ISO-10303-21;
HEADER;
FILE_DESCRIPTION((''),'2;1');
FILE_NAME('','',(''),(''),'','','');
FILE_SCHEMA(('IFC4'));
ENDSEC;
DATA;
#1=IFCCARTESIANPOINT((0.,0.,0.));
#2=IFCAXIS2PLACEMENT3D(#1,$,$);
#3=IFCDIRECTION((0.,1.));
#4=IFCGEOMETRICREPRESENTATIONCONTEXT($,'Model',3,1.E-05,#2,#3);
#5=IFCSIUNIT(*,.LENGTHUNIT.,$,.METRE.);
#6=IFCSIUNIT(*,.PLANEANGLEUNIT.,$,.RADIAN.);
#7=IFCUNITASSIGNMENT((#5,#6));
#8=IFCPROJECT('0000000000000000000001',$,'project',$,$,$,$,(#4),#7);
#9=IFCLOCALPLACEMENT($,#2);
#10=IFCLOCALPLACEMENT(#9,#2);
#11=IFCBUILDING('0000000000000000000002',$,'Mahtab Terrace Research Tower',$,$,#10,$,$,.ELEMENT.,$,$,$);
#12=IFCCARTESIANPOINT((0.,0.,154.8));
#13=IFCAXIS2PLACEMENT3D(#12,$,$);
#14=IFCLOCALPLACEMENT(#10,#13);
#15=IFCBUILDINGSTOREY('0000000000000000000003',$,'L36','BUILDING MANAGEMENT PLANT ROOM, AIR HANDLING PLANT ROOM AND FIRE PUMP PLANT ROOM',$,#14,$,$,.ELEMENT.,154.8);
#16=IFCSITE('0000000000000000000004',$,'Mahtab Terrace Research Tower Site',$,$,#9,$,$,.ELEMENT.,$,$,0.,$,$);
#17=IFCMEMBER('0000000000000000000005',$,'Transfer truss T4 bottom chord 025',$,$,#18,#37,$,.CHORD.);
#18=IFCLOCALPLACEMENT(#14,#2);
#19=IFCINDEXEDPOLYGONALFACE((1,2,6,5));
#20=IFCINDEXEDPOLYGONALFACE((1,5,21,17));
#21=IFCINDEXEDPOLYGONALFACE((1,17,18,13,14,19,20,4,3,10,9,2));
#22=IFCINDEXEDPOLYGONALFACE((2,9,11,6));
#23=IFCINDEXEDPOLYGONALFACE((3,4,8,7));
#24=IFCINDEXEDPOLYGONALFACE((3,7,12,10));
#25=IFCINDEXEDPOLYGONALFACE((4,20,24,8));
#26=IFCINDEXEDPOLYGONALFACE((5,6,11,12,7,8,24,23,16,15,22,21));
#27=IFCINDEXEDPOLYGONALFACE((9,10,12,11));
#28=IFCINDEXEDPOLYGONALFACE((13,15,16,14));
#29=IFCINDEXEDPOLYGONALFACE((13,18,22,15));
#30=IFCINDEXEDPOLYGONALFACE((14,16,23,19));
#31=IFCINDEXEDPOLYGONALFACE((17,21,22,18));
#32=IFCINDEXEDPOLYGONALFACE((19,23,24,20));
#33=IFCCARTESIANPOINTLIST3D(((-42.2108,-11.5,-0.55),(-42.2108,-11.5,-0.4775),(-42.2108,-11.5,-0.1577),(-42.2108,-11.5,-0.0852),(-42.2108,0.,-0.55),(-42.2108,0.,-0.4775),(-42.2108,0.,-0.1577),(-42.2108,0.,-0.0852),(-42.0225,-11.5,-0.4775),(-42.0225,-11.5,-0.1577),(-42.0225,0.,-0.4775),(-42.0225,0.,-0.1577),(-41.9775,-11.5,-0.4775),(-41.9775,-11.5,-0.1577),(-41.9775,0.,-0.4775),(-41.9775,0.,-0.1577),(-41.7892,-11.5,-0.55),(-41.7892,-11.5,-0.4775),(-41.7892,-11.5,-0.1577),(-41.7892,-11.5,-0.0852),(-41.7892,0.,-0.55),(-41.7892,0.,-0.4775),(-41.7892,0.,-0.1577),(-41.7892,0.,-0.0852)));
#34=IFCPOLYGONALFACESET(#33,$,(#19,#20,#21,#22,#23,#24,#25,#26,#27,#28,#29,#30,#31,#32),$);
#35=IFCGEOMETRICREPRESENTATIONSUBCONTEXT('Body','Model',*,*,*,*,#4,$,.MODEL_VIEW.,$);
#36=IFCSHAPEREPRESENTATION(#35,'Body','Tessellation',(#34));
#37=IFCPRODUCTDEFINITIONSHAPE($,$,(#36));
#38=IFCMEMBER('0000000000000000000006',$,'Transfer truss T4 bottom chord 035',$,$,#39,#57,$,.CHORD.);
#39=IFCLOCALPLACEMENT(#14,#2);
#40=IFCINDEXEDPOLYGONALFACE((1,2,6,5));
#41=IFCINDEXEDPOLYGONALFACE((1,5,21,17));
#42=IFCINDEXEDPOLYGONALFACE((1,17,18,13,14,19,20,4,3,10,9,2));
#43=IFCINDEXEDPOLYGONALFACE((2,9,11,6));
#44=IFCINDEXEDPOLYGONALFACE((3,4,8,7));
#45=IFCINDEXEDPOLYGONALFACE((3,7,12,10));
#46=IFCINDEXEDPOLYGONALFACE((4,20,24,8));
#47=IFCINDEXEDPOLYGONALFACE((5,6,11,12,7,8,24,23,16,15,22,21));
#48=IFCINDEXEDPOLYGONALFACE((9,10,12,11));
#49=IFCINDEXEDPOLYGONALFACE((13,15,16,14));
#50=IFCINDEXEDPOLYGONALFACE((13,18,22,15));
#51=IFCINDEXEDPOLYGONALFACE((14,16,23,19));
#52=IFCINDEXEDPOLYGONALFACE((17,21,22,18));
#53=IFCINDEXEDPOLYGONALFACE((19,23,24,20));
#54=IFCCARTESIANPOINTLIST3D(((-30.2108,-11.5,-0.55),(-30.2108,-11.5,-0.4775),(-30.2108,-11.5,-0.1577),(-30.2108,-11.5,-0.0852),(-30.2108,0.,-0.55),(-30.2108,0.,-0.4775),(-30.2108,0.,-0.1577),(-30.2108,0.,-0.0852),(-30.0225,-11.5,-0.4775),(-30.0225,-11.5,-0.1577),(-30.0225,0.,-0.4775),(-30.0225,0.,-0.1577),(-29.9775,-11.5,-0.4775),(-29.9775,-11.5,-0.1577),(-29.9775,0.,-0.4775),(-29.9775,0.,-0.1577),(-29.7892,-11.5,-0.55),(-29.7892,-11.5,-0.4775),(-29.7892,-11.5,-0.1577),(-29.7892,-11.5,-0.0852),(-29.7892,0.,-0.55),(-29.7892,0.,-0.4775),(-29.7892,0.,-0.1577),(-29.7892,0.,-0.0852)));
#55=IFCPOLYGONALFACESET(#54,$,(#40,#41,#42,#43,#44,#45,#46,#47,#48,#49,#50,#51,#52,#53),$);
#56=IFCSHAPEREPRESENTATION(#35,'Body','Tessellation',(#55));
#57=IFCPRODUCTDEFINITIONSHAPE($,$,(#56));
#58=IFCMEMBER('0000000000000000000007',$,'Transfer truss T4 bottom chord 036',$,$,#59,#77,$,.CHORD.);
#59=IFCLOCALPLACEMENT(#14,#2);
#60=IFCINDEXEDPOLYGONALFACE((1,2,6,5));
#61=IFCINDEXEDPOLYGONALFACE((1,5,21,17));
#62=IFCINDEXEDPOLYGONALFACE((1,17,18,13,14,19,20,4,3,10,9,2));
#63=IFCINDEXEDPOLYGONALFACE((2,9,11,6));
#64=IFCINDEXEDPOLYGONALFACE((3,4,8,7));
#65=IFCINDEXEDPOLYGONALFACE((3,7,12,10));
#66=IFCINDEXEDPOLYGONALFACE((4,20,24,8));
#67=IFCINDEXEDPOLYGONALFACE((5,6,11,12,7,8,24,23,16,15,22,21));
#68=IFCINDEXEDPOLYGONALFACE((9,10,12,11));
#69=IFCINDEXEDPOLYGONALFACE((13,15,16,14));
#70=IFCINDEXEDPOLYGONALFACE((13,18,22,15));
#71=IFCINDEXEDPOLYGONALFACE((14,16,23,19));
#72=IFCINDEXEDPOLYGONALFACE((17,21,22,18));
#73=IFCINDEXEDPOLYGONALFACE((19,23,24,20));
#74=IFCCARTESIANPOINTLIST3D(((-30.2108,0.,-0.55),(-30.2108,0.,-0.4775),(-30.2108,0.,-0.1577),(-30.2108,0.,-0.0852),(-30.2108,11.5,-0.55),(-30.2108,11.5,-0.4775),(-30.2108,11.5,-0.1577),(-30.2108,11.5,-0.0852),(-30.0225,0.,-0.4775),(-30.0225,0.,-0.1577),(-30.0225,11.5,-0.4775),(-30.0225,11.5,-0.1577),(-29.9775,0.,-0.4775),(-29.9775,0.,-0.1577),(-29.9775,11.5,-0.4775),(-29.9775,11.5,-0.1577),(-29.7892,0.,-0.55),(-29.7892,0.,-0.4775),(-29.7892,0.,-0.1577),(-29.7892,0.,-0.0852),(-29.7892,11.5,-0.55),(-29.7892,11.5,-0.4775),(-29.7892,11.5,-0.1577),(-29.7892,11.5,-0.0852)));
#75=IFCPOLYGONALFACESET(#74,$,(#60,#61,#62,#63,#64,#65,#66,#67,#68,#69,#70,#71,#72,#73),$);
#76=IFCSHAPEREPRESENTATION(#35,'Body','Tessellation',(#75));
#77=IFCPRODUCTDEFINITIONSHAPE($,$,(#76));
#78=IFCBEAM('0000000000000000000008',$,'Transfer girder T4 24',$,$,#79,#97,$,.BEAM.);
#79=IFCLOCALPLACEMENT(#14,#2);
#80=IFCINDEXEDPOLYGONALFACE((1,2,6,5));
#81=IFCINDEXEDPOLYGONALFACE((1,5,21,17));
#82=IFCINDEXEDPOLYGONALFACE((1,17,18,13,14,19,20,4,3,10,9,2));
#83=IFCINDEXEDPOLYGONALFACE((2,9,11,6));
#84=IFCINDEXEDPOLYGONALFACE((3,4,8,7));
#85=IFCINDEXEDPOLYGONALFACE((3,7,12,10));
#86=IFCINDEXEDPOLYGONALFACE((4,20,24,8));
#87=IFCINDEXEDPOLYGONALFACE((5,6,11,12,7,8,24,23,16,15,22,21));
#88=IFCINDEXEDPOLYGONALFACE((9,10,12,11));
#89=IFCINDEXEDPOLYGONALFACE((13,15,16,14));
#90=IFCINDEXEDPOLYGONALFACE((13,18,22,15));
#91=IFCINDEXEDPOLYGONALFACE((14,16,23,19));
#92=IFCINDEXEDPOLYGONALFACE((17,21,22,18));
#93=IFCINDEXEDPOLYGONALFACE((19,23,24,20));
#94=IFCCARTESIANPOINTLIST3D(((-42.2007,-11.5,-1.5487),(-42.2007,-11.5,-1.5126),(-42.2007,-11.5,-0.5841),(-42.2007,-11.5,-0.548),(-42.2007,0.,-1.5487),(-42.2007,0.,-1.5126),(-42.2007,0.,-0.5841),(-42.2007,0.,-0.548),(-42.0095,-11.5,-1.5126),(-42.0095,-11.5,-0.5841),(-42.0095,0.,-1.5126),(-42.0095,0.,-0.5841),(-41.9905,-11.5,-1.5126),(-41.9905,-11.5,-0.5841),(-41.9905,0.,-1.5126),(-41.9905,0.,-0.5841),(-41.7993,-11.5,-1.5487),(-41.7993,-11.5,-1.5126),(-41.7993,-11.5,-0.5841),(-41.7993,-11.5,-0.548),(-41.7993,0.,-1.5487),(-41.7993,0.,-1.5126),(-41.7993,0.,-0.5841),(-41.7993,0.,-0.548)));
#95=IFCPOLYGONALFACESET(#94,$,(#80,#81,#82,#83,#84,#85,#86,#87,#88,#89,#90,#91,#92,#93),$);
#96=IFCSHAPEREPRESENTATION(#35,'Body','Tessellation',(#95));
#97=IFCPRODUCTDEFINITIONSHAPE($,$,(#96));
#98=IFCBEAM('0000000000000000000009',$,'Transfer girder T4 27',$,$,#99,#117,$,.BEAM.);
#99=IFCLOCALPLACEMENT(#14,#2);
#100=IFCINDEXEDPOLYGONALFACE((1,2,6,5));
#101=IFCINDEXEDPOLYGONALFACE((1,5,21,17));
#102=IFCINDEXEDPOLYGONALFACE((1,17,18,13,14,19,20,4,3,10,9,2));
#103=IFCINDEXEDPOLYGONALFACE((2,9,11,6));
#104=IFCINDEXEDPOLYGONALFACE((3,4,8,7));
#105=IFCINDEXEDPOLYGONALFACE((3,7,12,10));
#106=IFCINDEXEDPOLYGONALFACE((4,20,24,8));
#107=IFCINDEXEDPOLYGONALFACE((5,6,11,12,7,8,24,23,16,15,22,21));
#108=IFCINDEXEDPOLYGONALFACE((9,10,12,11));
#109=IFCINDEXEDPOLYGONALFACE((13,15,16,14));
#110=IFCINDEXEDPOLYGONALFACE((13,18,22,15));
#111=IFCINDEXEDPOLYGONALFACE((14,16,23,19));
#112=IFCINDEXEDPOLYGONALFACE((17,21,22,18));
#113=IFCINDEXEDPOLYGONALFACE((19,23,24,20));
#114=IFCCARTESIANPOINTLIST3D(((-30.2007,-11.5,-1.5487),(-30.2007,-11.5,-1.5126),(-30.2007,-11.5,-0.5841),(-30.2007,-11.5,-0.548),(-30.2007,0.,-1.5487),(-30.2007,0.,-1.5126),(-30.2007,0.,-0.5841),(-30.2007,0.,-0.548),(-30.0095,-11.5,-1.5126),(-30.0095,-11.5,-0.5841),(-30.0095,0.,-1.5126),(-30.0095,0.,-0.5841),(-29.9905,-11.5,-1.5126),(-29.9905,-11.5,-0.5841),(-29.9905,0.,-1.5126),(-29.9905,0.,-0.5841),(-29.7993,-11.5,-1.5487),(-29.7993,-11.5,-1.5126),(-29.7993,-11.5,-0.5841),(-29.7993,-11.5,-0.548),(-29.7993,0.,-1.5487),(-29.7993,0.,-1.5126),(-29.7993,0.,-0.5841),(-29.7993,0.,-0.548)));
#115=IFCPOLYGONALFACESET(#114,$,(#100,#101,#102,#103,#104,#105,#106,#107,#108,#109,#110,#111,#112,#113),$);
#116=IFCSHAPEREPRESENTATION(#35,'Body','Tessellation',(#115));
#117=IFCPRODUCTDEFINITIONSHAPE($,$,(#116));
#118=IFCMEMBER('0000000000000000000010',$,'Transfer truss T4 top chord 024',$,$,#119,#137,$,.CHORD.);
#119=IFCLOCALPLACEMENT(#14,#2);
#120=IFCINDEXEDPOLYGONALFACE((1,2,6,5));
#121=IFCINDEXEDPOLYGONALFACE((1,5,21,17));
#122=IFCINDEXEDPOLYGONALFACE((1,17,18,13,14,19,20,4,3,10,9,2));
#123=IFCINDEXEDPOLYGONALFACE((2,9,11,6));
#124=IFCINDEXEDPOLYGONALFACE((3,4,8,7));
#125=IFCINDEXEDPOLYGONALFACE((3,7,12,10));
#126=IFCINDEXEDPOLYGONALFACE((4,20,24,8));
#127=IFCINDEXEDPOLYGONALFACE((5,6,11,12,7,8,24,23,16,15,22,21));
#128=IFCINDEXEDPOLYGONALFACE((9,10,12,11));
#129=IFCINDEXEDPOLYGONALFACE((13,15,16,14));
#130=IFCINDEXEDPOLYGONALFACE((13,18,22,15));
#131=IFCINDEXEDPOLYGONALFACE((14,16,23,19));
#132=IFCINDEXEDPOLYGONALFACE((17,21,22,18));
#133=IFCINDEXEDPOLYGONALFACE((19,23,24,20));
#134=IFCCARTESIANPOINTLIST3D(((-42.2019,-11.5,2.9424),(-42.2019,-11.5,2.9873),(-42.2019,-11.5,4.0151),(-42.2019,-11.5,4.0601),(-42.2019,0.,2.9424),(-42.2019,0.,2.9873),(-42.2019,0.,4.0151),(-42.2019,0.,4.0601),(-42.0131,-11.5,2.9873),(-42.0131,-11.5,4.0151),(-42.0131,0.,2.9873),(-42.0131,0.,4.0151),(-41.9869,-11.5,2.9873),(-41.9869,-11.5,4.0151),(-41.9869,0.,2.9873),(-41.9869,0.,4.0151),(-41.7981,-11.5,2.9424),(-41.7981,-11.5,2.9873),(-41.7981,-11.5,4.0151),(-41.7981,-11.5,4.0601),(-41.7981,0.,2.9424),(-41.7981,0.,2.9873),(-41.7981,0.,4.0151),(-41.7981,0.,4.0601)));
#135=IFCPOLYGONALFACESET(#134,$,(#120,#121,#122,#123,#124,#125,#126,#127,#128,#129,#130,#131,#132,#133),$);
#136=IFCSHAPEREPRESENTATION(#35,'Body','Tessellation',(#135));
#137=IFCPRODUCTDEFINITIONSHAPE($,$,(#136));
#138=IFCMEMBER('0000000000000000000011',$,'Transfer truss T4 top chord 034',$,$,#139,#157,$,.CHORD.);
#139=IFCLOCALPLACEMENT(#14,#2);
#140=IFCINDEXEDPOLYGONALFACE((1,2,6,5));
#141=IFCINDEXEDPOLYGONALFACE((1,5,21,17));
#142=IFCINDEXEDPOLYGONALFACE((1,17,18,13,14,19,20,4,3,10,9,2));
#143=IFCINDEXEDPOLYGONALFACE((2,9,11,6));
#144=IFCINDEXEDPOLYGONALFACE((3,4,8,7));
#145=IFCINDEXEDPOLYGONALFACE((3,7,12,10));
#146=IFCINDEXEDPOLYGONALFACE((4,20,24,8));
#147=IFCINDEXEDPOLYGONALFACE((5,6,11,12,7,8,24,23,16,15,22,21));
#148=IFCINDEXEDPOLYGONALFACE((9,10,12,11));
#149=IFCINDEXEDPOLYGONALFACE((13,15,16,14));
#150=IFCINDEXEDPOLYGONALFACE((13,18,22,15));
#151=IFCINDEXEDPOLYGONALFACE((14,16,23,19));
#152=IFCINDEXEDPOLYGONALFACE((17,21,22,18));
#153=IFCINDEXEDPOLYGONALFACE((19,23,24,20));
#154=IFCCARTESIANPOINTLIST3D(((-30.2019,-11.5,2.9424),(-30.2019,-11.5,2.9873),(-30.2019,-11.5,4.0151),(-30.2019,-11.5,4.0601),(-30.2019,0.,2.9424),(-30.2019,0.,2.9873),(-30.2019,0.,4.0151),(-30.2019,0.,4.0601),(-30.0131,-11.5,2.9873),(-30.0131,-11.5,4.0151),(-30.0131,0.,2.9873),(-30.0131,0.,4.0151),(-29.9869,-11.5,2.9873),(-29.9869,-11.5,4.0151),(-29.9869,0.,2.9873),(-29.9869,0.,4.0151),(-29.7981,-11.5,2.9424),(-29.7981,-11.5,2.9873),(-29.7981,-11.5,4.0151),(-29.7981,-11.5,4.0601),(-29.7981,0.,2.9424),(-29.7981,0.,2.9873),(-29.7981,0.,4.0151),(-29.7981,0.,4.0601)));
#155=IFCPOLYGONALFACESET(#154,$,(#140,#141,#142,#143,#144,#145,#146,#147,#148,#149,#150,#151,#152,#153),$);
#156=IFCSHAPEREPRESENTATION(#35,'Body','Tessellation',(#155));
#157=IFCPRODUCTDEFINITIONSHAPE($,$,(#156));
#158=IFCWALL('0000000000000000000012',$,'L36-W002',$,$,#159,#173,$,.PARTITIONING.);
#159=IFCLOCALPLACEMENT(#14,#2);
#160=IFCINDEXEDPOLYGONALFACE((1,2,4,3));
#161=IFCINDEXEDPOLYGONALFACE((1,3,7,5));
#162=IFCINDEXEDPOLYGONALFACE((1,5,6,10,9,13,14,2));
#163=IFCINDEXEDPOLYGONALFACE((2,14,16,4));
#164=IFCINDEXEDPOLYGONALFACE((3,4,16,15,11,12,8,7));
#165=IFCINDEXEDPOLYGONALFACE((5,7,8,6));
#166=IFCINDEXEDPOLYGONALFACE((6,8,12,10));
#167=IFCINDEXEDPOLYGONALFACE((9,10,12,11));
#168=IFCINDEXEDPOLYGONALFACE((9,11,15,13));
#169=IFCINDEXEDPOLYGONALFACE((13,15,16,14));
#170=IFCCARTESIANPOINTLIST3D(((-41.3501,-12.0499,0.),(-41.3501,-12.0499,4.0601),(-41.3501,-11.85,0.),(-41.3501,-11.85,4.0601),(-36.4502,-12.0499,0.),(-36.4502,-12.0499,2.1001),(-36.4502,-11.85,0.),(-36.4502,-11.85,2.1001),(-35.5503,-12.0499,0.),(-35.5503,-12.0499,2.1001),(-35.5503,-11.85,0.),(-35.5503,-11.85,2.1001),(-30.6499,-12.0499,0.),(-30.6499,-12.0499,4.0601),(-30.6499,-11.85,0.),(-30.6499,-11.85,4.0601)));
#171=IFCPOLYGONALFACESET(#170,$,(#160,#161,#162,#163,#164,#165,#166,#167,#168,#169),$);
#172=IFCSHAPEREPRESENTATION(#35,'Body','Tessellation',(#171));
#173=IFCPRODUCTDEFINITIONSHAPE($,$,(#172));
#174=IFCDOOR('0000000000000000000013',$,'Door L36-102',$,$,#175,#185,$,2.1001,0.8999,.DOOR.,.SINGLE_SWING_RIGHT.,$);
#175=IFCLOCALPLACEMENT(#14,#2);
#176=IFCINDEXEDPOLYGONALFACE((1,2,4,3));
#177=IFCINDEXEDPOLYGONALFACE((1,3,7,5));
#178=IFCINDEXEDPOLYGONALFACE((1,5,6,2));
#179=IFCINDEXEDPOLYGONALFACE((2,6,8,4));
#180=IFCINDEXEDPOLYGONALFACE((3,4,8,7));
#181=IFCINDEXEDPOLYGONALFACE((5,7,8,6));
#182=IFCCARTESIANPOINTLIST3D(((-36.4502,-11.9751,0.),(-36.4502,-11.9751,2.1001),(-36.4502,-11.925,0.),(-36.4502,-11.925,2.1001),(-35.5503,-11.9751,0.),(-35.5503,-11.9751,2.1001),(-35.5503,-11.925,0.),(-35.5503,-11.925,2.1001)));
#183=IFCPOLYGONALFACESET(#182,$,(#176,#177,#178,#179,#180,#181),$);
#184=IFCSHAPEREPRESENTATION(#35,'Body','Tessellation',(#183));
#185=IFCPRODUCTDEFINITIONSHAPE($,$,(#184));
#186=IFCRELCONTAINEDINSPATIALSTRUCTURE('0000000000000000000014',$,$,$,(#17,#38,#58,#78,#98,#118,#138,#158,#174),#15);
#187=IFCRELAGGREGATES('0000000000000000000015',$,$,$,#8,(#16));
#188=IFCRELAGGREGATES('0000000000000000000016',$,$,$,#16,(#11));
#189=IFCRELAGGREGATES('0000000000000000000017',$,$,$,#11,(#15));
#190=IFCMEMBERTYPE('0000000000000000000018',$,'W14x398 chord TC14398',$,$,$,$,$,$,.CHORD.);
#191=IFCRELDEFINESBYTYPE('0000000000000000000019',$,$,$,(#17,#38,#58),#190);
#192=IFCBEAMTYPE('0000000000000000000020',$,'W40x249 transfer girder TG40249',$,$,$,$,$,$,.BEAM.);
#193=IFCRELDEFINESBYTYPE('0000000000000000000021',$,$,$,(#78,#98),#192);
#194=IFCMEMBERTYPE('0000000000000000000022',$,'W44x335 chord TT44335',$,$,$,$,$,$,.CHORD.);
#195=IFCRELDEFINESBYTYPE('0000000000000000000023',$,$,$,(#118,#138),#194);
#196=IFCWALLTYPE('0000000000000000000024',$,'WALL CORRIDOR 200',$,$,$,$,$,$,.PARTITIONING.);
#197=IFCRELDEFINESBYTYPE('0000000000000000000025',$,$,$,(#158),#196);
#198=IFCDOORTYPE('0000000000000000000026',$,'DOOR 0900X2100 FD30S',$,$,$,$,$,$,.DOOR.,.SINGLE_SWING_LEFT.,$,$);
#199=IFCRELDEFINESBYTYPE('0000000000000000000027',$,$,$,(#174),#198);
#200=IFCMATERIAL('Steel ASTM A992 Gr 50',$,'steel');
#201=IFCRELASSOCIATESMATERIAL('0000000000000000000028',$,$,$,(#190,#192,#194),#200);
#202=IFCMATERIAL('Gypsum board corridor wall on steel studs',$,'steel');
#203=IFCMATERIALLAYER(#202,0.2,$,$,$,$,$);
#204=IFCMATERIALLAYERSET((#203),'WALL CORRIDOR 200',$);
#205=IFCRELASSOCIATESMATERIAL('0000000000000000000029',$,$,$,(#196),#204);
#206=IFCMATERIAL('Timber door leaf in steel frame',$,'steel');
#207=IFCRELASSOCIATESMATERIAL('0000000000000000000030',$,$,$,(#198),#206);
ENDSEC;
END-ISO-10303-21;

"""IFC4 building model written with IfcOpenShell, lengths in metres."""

from ifc_helpers import new_model, si_unit, direction, frame, frame_2d, origin, origin_2d, place, context, subcontext, project, spatial, rectangle, i_section, extrude, material, layer, layer_set, material_profile, profile_set, type_object, element, fill, save


model = new_model("IFC4")

# Units and contexts
model_context = context("Model", 3, precision=1e-05, world=origin(), true_north=direction((0.0, 1.0)))
body_context = subcontext(model_context, "Body", "Model", "MODEL_VIEW")
ifc_project = project(units=[si_unit("LENGTHUNIT", "METRE"), si_unit("PLANEANGLEUNIT", "RADIAN")], contexts=[model_context])

# Site, building, storey
site_placement = place(None, origin())
site = spatial("IfcSite", under=ifc_project, at=site_placement, Name="Mahtab Terrace Research Tower Site", CompositionType="ELEMENT", RefElevation=0.0)
building_placement = place(site_placement, origin())
building = spatial("IfcBuilding", under=site, at=building_placement, Name="Mahtab Terrace Research Tower", CompositionType="ELEMENT")
storey_placement = place(building_placement, frame((0.0, 0.0, 154.8)))
storey = spatial("IfcBuildingStorey", under=building, at=storey_placement, Name="L36", Description="BUILDING MANAGEMENT PLANT ROOM, AIR HANDLING PLANT ROOM AND FIRE PUMP PLANT ROOM", CompositionType="ELEMENT", Elevation=154.8)

# Members
ifc_material_1 = material(Name="Steel ASTM A992 Gr 50", Category="steel")
ifc_material_profile_1 = material_profile(ifc_material_1, i_section(OverallWidth=0.4216, OverallDepth=0.4648, WebThickness=0.0449, FlangeThickness=0.0725, at=origin_2d()), Name="W14X398")
ifc_profile_set_1 = profile_set([ifc_material_profile_1], Name="Steel ASTM A992 Gr 50")
member_type_1 = type_object("IfcMemberType", Name="W14x398 chord TC14398", PredefinedType="CHORD", material=ifc_profile_set_1)
for number, where, z_axis, x_axis, name in (
    (1, (-42.0, -11.5, -0.3176), (0.0, 1.0, 0.0), (-1.0, 0.0, 0.0), "Transfer truss T4 bottom chord 025"),
    (2, (-30.0, -11.5, -0.3176), (0.0, 1.0, 0.0), (-1.0, 0.0, 0.0), "Transfer truss T4 bottom chord 035"),
    (3, (-30.0, 0.0, -0.3176), (0.0, 1.0, 0.0), (-1.0, 0.0, 0.0), "Transfer truss T4 bottom chord 036"),
):
    element("IfcMember", number, at=place(storey_placement, frame(where, z_axis=z_axis, x_axis=x_axis)), inside=storey, type_object=member_type_1, Name=name, PredefinedType="CHORD", context=body_context, shape_type="SweptSolid", body=[
        extrude(i_section(OverallWidth=0.4216, OverallDepth=0.4648, WebThickness=0.0449, FlangeThickness=0.0725, at=origin_2d()), origin(), (0.0, 0.0, 1.0), 11.5),
    ])

# Beams
ifc_material_profile_2 = material_profile(ifc_material_1, i_section(OverallWidth=0.4014, OverallDepth=1.0007, WebThickness=0.019, FlangeThickness=0.0361, at=origin_2d()), Name="W40X249")
ifc_profile_set_2 = profile_set([ifc_material_profile_2], Name="Steel ASTM A992 Gr 50")
beam_type = type_object("IfcBeamType", Name="W40x249 transfer girder TG40249", PredefinedType="BEAM", material=ifc_profile_set_2)
for number, where, z_axis, x_axis, name in (
    (4, (-42.0, -11.5, -1.0483), (0.0, 1.0, 0.0), (-1.0, 0.0, 0.0), "Transfer girder T4 24"),
    (5, (-30.0, -11.5, -1.0483), (0.0, 1.0, 0.0), (-1.0, 0.0, 0.0), "Transfer girder T4 27"),
):
    element("IfcBeam", number, at=place(storey_placement, frame(where, z_axis=z_axis, x_axis=x_axis)), inside=storey, type_object=beam_type, Name=name, PredefinedType="BEAM", context=body_context, shape_type="SweptSolid", body=[
        extrude(i_section(OverallWidth=0.4014, OverallDepth=1.0007, WebThickness=0.019, FlangeThickness=0.0361, at=origin_2d()), origin(), (0.0, 0.0, 1.0), 11.5),
    ])

# Members
ifc_material_profile_3 = material_profile(ifc_material_1, i_section(OverallWidth=0.4038, OverallDepth=1.1177, WebThickness=0.0261, FlangeThickness=0.0449, at=origin_2d()), Name="W44X335")
ifc_profile_set_3 = profile_set([ifc_material_profile_3], Name="Steel ASTM A992 Gr 50")
member_type_2 = type_object("IfcMemberType", Name="W44x335 chord TT44335", PredefinedType="CHORD", material=ifc_profile_set_3)
for number, where, z_axis, x_axis, name in (
    (6, (-42.0, -11.5, 3.5012), (0.0, 1.0, 0.0), (-1.0, 0.0, 0.0), "Transfer truss T4 top chord 024"),
    (7, (-30.0, -11.5, 3.5012), (0.0, 1.0, 0.0), (-1.0, 0.0, 0.0), "Transfer truss T4 top chord 034"),
):
    element("IfcMember", number, at=place(storey_placement, frame(where, z_axis=z_axis, x_axis=x_axis)), inside=storey, type_object=member_type_2, Name=name, PredefinedType="CHORD", context=body_context, shape_type="SweptSolid", body=[
        extrude(i_section(OverallWidth=0.4038, OverallDepth=1.1177, WebThickness=0.0261, FlangeThickness=0.0449, at=origin_2d()), origin(), (0.0, 0.0, 1.0), 11.5),
    ])

# Wall, opening, door
ifc_material_2 = material(Name="Gypsum board corridor wall on steel studs", Category="steel")
ifc_layer_1 = layer(ifc_material_2, 0.2)
ifc_layer_set_1 = layer_set([ifc_layer_1], Name="WALL CORRIDOR 200")
wall_type_1 = type_object("IfcWallType", Name="WALL CORRIDOR 200", PredefinedType="PARTITIONING", material=ifc_layer_set_1)
wall_1_placement = place(storey_placement, frame((-41.3501, -11.95, 0.0), z_axis=(0.0, 0.0, 1.0), x_axis=(1.0, 0.0, 0.0)))
wall_1 = element("IfcWall", 8, at=wall_1_placement, inside=storey, type_object=wall_type_1, Name="L36-W002", PredefinedType="PARTITIONING", context=body_context, shape_type="SweptSolid", body=[
    extrude(rectangle(XDim=10.7002, YDim=0.2, at=frame_2d((5.3501, 0.0))), origin(), (0.0, 0.0, 1.0), 4.0601),
])
opening_1_placement = place(wall_1_placement, frame((4.8999, 0.0, 0.0)))
opening_1 = element("IfcOpeningElement", 9, at=opening_1_placement, cuts=wall_1, PredefinedType="OPENING", context=body_context, shape_type="SweptSolid", body=[
    extrude(rectangle(XDim=0.8999, YDim=2.1001, at=frame_2d((0.45, 1.05))), frame((0.0, 0.1099, 0.0), z_axis=(0.0, -1.0, 0.0), x_axis=(1.0, 0.0, 0.0)), (0.0, 0.0, 1.0), 0.22),
])
ifc_material_3 = material(Name="Timber door leaf in steel frame", Category="steel")
door_type_1 = type_object("IfcDoorType", Name="DOOR 0900X2100 FD30S", OperationType="SINGLE_SWING_LEFT", PredefinedType="DOOR", material=ifc_material_3)
door_1_placement = place(opening_1_placement, origin())
door_1 = element("IfcDoor", 10, at=door_1_placement, inside=storey, type_object=door_type_1, Name="Door L36-102", OperationType="SINGLE_SWING_RIGHT", OverallHeight=2.1001, OverallWidth=0.8999, PredefinedType="DOOR", context=body_context, shape_type="SweptSolid", body=[
    extrude(rectangle(XDim=0.8999, YDim=2.1001, at=frame_2d((0.45, 1.05))), frame((0.0, 0.0249, 0.0), z_axis=(0.0, -1.0, 0.0), x_axis=(1.0, 0.0, 0.0)), (0.0, 0.0, 1.0), 0.05),
])
fill(opening_1, door_1)

save(model, "model.ifc")
